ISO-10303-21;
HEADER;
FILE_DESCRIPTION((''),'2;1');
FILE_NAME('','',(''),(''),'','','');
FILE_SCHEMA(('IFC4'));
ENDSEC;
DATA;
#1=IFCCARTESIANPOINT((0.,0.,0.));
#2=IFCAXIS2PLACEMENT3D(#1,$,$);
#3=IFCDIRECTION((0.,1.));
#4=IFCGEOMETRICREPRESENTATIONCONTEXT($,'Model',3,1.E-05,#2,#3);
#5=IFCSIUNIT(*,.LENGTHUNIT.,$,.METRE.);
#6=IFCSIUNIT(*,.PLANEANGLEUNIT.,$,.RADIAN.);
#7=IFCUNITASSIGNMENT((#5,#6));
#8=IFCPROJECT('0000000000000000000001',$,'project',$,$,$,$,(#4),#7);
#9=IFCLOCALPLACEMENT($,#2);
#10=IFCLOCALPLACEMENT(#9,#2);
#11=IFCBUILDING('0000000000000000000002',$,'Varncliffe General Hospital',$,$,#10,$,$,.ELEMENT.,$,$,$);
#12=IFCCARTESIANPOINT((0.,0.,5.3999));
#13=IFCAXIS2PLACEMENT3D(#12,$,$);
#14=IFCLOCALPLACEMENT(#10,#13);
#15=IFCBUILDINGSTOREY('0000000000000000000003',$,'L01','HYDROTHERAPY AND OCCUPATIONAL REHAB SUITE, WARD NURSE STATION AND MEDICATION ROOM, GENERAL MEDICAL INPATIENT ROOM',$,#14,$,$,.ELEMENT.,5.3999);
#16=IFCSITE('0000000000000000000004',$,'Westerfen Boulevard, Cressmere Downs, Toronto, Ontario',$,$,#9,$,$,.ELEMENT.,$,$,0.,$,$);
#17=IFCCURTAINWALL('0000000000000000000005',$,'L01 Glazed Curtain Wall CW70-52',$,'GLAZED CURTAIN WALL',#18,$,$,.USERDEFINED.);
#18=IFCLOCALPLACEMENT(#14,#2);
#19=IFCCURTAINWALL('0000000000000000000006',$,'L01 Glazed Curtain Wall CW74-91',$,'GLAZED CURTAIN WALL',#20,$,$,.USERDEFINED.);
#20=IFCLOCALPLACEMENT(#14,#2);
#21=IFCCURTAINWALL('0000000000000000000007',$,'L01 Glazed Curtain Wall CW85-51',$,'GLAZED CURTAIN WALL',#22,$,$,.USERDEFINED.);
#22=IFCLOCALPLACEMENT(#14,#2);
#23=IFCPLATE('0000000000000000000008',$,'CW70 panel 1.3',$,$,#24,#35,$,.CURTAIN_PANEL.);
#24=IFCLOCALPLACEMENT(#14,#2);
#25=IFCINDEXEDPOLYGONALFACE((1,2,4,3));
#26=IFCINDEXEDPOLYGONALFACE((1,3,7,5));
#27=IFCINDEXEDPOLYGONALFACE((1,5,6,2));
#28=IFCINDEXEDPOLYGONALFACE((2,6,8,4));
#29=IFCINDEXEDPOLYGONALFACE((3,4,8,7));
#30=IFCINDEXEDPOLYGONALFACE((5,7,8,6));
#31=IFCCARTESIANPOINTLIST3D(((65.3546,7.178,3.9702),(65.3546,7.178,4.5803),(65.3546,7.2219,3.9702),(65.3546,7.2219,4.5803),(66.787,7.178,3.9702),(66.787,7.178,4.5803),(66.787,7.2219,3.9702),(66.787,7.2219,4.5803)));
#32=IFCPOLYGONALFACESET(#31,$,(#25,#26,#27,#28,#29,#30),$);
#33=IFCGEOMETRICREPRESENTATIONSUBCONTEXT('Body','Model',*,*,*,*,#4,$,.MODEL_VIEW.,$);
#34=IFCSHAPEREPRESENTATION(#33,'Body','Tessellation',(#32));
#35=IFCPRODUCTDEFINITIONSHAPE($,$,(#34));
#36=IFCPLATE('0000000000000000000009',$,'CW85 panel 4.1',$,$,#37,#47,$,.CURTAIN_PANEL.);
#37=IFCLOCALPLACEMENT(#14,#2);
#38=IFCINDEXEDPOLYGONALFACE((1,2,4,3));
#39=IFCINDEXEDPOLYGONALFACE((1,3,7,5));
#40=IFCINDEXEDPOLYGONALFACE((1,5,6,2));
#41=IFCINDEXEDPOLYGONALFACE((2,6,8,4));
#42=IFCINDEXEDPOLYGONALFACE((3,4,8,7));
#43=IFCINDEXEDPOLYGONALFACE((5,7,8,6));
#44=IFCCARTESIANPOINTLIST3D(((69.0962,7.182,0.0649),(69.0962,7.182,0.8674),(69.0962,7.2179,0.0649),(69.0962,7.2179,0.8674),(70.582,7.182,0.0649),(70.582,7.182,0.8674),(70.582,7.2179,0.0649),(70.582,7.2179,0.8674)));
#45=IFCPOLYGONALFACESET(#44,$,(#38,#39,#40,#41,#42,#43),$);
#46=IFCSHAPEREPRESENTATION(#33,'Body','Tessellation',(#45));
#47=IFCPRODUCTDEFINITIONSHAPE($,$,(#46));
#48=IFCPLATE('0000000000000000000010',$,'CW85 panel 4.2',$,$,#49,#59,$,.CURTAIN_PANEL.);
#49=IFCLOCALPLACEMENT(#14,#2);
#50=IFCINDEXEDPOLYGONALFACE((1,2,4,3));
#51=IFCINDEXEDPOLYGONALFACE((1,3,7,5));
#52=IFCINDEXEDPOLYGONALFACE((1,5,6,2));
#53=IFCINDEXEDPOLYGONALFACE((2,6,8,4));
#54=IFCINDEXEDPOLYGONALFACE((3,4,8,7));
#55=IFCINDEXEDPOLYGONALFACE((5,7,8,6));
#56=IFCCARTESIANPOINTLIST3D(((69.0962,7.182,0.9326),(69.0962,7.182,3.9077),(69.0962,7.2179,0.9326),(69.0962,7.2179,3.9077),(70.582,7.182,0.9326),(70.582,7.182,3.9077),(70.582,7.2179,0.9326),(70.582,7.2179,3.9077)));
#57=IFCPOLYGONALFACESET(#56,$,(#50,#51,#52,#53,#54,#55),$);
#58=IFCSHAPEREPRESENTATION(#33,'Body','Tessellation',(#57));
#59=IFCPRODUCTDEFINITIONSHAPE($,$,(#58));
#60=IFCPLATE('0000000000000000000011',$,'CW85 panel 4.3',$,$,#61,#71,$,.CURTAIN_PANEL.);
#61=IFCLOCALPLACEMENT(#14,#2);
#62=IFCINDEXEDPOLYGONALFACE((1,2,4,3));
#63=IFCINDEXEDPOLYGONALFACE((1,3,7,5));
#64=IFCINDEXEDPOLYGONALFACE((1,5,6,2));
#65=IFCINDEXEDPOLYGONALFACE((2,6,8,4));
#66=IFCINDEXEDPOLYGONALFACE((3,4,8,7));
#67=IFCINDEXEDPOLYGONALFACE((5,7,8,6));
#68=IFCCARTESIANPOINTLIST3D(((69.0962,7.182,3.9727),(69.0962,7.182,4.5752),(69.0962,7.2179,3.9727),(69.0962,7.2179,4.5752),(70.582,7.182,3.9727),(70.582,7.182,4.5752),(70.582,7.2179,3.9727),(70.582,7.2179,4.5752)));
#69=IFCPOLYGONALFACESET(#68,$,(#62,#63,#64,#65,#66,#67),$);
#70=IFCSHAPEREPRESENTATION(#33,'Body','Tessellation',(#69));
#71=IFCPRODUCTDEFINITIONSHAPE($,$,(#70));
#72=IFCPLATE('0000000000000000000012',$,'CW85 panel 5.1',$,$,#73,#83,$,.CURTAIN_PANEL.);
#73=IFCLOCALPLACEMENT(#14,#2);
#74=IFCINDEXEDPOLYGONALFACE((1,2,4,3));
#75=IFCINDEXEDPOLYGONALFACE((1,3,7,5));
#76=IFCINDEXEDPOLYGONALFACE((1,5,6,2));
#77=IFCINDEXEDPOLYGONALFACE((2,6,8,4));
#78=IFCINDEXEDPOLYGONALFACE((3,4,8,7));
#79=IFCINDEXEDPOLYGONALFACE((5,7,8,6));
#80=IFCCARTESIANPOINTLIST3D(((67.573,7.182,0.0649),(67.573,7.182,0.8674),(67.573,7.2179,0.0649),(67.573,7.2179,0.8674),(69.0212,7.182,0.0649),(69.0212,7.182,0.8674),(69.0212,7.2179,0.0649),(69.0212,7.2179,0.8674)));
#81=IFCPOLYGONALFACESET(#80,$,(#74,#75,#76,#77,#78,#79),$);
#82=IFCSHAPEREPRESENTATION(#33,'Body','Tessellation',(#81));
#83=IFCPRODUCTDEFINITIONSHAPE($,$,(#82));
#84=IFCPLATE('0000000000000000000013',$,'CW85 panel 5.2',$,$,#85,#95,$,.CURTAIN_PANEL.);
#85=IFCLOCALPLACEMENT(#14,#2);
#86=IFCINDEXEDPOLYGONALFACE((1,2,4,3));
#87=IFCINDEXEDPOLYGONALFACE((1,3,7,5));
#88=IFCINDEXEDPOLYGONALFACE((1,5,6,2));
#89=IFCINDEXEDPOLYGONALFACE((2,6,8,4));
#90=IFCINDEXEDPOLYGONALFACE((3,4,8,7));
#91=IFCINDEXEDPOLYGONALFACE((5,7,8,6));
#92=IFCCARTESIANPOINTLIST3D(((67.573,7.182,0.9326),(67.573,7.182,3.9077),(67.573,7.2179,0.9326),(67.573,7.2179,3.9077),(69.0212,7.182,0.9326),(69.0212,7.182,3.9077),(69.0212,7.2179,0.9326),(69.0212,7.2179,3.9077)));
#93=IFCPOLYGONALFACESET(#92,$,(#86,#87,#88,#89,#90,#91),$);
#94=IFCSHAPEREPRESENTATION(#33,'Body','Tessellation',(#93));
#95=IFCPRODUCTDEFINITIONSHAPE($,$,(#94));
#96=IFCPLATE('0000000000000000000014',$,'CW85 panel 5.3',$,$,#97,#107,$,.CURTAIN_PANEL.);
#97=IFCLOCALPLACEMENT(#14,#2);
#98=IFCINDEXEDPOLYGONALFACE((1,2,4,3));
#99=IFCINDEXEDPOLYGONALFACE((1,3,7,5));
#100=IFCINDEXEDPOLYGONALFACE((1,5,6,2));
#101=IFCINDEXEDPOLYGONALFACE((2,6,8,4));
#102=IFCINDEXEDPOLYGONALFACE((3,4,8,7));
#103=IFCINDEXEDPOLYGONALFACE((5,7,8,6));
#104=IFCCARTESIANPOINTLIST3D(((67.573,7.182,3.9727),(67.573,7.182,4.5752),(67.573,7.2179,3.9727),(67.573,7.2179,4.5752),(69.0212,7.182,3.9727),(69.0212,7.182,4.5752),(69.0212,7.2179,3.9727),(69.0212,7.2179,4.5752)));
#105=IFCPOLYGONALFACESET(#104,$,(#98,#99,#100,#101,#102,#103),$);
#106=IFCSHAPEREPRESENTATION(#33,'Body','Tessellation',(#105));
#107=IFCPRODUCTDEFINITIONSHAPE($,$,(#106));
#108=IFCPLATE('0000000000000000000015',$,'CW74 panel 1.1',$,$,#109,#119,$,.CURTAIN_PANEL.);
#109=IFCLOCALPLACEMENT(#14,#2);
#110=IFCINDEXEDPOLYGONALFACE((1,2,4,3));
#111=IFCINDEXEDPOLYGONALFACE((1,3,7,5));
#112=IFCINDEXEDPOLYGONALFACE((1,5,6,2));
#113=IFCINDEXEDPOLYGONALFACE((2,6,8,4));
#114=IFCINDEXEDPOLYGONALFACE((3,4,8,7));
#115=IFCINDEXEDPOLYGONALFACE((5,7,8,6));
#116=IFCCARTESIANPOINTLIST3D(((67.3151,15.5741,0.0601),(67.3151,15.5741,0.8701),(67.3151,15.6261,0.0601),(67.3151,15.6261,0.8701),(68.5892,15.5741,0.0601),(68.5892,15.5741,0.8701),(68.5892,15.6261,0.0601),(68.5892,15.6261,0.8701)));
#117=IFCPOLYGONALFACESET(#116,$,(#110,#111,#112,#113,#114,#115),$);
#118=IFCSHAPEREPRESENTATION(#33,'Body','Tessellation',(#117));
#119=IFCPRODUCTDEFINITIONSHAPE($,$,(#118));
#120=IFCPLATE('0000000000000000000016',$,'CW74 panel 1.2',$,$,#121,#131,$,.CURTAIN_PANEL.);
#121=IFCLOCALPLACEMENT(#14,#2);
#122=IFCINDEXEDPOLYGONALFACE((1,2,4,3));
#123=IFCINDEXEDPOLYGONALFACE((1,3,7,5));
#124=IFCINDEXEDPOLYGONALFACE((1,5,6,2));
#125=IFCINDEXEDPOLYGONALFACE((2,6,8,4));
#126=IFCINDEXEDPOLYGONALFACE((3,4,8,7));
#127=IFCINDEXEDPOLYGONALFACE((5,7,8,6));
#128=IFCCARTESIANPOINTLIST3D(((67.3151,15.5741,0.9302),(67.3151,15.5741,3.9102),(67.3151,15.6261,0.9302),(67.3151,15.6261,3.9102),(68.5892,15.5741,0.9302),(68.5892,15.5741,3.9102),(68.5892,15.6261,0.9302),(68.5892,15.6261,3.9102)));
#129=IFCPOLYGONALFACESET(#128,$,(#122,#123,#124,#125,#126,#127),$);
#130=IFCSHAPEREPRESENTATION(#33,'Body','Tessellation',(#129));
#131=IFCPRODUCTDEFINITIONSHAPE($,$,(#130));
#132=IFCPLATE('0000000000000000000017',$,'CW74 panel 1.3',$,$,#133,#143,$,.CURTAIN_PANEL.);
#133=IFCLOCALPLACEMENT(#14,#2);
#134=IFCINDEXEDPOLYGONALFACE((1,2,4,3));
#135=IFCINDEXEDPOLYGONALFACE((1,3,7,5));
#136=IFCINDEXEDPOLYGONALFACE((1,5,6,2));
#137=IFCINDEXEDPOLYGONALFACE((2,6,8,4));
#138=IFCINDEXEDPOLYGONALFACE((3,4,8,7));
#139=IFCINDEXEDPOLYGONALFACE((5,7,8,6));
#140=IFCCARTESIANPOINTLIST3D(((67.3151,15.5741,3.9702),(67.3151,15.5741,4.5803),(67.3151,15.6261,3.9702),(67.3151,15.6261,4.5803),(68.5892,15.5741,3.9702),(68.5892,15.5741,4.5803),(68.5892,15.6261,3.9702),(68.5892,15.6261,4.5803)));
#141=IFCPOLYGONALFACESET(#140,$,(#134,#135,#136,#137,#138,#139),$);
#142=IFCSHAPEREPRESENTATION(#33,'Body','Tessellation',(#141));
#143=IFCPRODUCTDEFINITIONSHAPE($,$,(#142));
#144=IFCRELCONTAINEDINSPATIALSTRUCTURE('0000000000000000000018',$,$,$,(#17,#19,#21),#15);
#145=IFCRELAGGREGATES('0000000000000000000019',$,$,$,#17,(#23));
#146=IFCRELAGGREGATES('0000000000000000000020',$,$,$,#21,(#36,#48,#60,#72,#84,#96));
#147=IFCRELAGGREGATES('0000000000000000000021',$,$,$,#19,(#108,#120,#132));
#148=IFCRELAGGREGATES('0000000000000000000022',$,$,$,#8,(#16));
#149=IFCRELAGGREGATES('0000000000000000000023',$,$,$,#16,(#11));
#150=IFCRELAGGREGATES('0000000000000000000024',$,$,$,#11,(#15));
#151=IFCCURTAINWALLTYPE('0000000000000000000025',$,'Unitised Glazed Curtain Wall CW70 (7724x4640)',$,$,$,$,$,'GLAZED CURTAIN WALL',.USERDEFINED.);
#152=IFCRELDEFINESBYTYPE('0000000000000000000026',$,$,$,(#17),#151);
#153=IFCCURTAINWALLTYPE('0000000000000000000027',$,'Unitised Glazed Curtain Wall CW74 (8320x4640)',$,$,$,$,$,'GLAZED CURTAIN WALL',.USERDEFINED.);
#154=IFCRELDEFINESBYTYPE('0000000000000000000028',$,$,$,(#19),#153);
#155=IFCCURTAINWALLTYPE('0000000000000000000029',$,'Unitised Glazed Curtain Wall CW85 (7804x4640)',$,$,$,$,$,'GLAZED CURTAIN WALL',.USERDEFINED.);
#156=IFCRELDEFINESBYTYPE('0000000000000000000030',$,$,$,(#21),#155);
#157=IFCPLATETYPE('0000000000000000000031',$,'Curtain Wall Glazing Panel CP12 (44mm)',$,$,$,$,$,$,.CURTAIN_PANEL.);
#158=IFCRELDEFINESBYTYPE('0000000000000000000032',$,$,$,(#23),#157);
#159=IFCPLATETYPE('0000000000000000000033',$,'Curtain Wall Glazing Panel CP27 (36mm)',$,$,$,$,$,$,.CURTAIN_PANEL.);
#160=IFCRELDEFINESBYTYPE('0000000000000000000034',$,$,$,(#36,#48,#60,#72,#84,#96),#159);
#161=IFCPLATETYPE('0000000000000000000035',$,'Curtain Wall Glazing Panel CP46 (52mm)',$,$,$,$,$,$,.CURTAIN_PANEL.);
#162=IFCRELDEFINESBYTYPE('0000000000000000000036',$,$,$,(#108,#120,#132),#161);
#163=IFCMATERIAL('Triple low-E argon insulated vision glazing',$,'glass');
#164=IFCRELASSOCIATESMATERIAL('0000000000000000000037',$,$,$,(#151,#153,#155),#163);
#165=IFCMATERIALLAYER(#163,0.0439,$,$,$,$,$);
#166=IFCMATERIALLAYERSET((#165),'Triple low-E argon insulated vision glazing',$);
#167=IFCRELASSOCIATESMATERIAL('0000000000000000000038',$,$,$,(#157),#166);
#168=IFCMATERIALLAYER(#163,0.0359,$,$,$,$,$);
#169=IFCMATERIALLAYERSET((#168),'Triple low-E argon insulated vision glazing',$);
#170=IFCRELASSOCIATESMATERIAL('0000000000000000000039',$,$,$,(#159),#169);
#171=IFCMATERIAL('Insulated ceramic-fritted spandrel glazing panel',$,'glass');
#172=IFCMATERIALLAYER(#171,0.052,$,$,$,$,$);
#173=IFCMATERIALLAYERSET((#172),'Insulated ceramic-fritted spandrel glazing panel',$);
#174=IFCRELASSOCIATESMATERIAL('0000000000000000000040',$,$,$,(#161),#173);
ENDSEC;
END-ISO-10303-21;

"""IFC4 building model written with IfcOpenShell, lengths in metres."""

from ifc_helpers import new_model, si_unit, direction, frame, origin, origin_2d, place, context, subcontext, project, spatial, rectangle, extrude, material, layer, layer_set, type_object, element, aggregate, save


model = new_model("IFC4")

# Units and contexts
model_context = context("Model", 3, precision=1e-05, world=origin(), true_north=direction((0.0, 1.0)))
body_context = subcontext(model_context, "Body", "Model", "MODEL_VIEW")
ifc_project = project(units=[si_unit("LENGTHUNIT", "METRE"), si_unit("PLANEANGLEUNIT", "RADIAN")], contexts=[model_context])

# Site, building, storey
site_placement = place(None, origin())
site = spatial("IfcSite", under=ifc_project, at=site_placement, Name="Westerfen Boulevard, Cressmere Downs, Toronto, Ontario", CompositionType="ELEMENT", RefElevation=0.0)
building_placement = place(site_placement, origin())
building = spatial("IfcBuilding", under=site, at=building_placement, Name="Varncliffe General Hospital", CompositionType="ELEMENT")
storey_placement = place(building_placement, frame((0.0, 0.0, 5.3999)))
storey = spatial("IfcBuildingStorey", under=building, at=storey_placement, Name="L01", Description="HYDROTHERAPY AND OCCUPATIONAL REHAB SUITE, WARD NURSE STATION AND MEDICATION ROOM, GENERAL MEDICAL INPATIENT ROOM", CompositionType="ELEMENT", Elevation=5.3999)

# Curtain wall
ifc_material_1 = material(Name="Triple low-E argon insulated vision glazing", Category="glass")
curtain_wall_type_1 = type_object("IfcCurtainWallType", Name="Unitised Glazed Curtain Wall CW70 (7724x4640)", ElementType="GLAZED CURTAIN WALL", PredefinedType="USERDEFINED", material=ifc_material_1)
curtain_wall_1_placement = place(storey_placement, origin())
curtain_wall_1 = element("IfcCurtainWall", 1, at=curtain_wall_1_placement, inside=storey, type_object=curtain_wall_type_1, Name="L01 Glazed Curtain Wall CW70-52", ObjectType="GLAZED CURTAIN WALL", PredefinedType="USERDEFINED")

# Curtain wall
curtain_wall_type_2 = type_object("IfcCurtainWallType", Name="Unitised Glazed Curtain Wall CW74 (8320x4640)", ElementType="GLAZED CURTAIN WALL", PredefinedType="USERDEFINED", material=ifc_material_1)
curtain_wall_2_placement = place(storey_placement, origin())
curtain_wall_2 = element("IfcCurtainWall", 2, at=curtain_wall_2_placement, inside=storey, type_object=curtain_wall_type_2, Name="L01 Glazed Curtain Wall CW74-91", ObjectType="GLAZED CURTAIN WALL", PredefinedType="USERDEFINED")

# Curtain wall
curtain_wall_type_3 = type_object("IfcCurtainWallType", Name="Unitised Glazed Curtain Wall CW85 (7804x4640)", ElementType="GLAZED CURTAIN WALL", PredefinedType="USERDEFINED", material=ifc_material_1)
curtain_wall_3_placement = place(storey_placement, origin())
curtain_wall_3 = element("IfcCurtainWall", 3, at=curtain_wall_3_placement, inside=storey, type_object=curtain_wall_type_3, Name="L01 Glazed Curtain Wall CW85-51", ObjectType="GLAZED CURTAIN WALL", PredefinedType="USERDEFINED")

# Plates
ifc_layer_1 = layer(ifc_material_1, 0.0439)
ifc_layer_set_1 = layer_set([ifc_layer_1], Name="Triple low-E argon insulated vision glazing")
plate_type_1 = type_object("IfcPlateType", Name="Curtain Wall Glazing Panel CP12 (44mm)", PredefinedType="CURTAIN_PANEL", material=ifc_layer_set_1)
plate_1_placement = place(storey_placement, frame((66.0708, 7.2, 3.9702), z_axis=(0.0, 0.0, 1.0), x_axis=(-1.0, 0.0, 0.0)))
plate_1 = element("IfcPlate", 4, at=plate_1_placement, type_object=plate_type_1, Name="CW70 panel 1.3", PredefinedType="CURTAIN_PANEL", context=body_context, shape_type="SweptSolid", body=[
    extrude(rectangle(XDim=1.4324, YDim=0.0439, at=origin_2d()), origin(), (0.0, 0.0, 1.0), 0.6101),
])
aggregate(curtain_wall_1, [plate_1])
ifc_layer_2 = layer(ifc_material_1, 0.0359)
ifc_layer_set_2 = layer_set([ifc_layer_2], Name="Triple low-E argon insulated vision glazing")
plate_type_2 = type_object("IfcPlateType", Name="Curtain Wall Glazing Panel CP27 (36mm)", PredefinedType="CURTAIN_PANEL", material=ifc_layer_set_2)
plate_2_placement = place(storey_placement, frame((69.8391, 7.2, 0.0649), z_axis=(0.0, 0.0, 1.0), x_axis=(-1.0, 0.0, 0.0)))
plate_2 = element("IfcPlate", 5, at=plate_2_placement, type_object=plate_type_2, Name="CW85 panel 4.1", PredefinedType="CURTAIN_PANEL", context=body_context, shape_type="SweptSolid", body=[
    extrude(rectangle(XDim=1.4858, YDim=0.0359, at=origin_2d()), origin(), (0.0, 0.0, 1.0), 0.8025),
])
plate_3_placement = place(storey_placement, frame((69.8391, 7.2, 0.9326), z_axis=(0.0, 0.0, 1.0), x_axis=(-1.0, 0.0, 0.0)))
plate_3 = element("IfcPlate", 6, at=plate_3_placement, type_object=plate_type_2, Name="CW85 panel 4.2", PredefinedType="CURTAIN_PANEL", context=body_context, shape_type="SweptSolid", body=[
    extrude(rectangle(XDim=1.4858, YDim=0.0359, at=origin_2d()), origin(), (0.0, 0.0, 1.0), 2.9751),
])
plate_4_placement = place(storey_placement, frame((69.8391, 7.2, 3.9727), z_axis=(0.0, 0.0, 1.0), x_axis=(-1.0, 0.0, 0.0)))
plate_4 = element("IfcPlate", 7, at=plate_4_placement, type_object=plate_type_2, Name="CW85 panel 4.3", PredefinedType="CURTAIN_PANEL", context=body_context, shape_type="SweptSolid", body=[
    extrude(rectangle(XDim=1.4858, YDim=0.0359, at=origin_2d()), origin(), (0.0, 0.0, 1.0), 0.6025),
])
plate_5_placement = place(storey_placement, frame((68.2971, 7.2, 0.0649), z_axis=(0.0, 0.0, 1.0), x_axis=(-1.0, 0.0, 0.0)))
plate_5 = element("IfcPlate", 8, at=plate_5_placement, type_object=plate_type_2, Name="CW85 panel 5.1", PredefinedType="CURTAIN_PANEL", context=body_context, shape_type="SweptSolid", body=[
    extrude(rectangle(XDim=1.4482, YDim=0.0359, at=origin_2d()), origin(), (0.0, 0.0, 1.0), 0.8025),
])
plate_6_placement = place(storey_placement, frame((68.2971, 7.2, 0.9326), z_axis=(0.0, 0.0, 1.0), x_axis=(-1.0, 0.0, 0.0)))
plate_6 = element("IfcPlate", 9, at=plate_6_placement, type_object=plate_type_2, Name="CW85 panel 5.2", PredefinedType="CURTAIN_PANEL", context=body_context, shape_type="SweptSolid", body=[
    extrude(rectangle(XDim=1.4482, YDim=0.0359, at=origin_2d()), origin(), (0.0, 0.0, 1.0), 2.9751),
])
plate_7_placement = place(storey_placement, frame((68.2971, 7.2, 3.9727), z_axis=(0.0, 0.0, 1.0), x_axis=(-1.0, 0.0, 0.0)))
plate_7 = element("IfcPlate", 10, at=plate_7_placement, type_object=plate_type_2, Name="CW85 panel 5.3", PredefinedType="CURTAIN_PANEL", context=body_context, shape_type="SweptSolid", body=[
    extrude(rectangle(XDim=1.4482, YDim=0.0359, at=origin_2d()), origin(), (0.0, 0.0, 1.0), 0.6025),
])
aggregate(curtain_wall_3, [plate_2, plate_3, plate_4, plate_5, plate_6, plate_7])
ifc_material_2 = material(Name="Insulated ceramic-fritted spandrel glazing panel", Category="glass")
ifc_layer_3 = layer(ifc_material_2, 0.052)
ifc_layer_set_3 = layer_set([ifc_layer_3], Name="Insulated ceramic-fritted spandrel glazing panel")
plate_type_3 = type_object("IfcPlateType", Name="Curtain Wall Glazing Panel CP46 (52mm)", PredefinedType="CURTAIN_PANEL", material=ifc_layer_set_3)
plate_8_placement = place(storey_placement, frame((67.9521, 15.6001, 0.0601), z_axis=(0.0, 0.0, 1.0), x_axis=(1.0, 0.0, 0.0)))
plate_8 = element("IfcPlate", 11, at=plate_8_placement, type_object=plate_type_3, Name="CW74 panel 1.1", PredefinedType="CURTAIN_PANEL", context=body_context, shape_type="SweptSolid", body=[
    extrude(rectangle(XDim=1.2742, YDim=0.052, at=origin_2d()), origin(), (0.0, 0.0, 1.0), 0.8101),
])
plate_9_placement = place(storey_placement, frame((67.9521, 15.6001, 0.9302), z_axis=(0.0, 0.0, 1.0), x_axis=(1.0, 0.0, 0.0)))
plate_9 = element("IfcPlate", 12, at=plate_9_placement, type_object=plate_type_3, Name="CW74 panel 1.2", PredefinedType="CURTAIN_PANEL", context=body_context, shape_type="SweptSolid", body=[
    extrude(rectangle(XDim=1.2742, YDim=0.052, at=origin_2d()), origin(), (0.0, 0.0, 1.0), 2.98),
])
plate_10_placement = place(storey_placement, frame((67.9521, 15.6001, 3.9702), z_axis=(0.0, 0.0, 1.0), x_axis=(1.0, 0.0, 0.0)))
plate_10 = element("IfcPlate", 13, at=plate_10_placement, type_object=plate_type_3, Name="CW74 panel 1.3", PredefinedType="CURTAIN_PANEL", context=body_context, shape_type="SweptSolid", body=[
    extrude(rectangle(XDim=1.2742, YDim=0.052, at=origin_2d()), origin(), (0.0, 0.0, 1.0), 0.6101),
])
aggregate(curtain_wall_2, [plate_8, plate_9, plate_10])

save(model, "model.ifc")
